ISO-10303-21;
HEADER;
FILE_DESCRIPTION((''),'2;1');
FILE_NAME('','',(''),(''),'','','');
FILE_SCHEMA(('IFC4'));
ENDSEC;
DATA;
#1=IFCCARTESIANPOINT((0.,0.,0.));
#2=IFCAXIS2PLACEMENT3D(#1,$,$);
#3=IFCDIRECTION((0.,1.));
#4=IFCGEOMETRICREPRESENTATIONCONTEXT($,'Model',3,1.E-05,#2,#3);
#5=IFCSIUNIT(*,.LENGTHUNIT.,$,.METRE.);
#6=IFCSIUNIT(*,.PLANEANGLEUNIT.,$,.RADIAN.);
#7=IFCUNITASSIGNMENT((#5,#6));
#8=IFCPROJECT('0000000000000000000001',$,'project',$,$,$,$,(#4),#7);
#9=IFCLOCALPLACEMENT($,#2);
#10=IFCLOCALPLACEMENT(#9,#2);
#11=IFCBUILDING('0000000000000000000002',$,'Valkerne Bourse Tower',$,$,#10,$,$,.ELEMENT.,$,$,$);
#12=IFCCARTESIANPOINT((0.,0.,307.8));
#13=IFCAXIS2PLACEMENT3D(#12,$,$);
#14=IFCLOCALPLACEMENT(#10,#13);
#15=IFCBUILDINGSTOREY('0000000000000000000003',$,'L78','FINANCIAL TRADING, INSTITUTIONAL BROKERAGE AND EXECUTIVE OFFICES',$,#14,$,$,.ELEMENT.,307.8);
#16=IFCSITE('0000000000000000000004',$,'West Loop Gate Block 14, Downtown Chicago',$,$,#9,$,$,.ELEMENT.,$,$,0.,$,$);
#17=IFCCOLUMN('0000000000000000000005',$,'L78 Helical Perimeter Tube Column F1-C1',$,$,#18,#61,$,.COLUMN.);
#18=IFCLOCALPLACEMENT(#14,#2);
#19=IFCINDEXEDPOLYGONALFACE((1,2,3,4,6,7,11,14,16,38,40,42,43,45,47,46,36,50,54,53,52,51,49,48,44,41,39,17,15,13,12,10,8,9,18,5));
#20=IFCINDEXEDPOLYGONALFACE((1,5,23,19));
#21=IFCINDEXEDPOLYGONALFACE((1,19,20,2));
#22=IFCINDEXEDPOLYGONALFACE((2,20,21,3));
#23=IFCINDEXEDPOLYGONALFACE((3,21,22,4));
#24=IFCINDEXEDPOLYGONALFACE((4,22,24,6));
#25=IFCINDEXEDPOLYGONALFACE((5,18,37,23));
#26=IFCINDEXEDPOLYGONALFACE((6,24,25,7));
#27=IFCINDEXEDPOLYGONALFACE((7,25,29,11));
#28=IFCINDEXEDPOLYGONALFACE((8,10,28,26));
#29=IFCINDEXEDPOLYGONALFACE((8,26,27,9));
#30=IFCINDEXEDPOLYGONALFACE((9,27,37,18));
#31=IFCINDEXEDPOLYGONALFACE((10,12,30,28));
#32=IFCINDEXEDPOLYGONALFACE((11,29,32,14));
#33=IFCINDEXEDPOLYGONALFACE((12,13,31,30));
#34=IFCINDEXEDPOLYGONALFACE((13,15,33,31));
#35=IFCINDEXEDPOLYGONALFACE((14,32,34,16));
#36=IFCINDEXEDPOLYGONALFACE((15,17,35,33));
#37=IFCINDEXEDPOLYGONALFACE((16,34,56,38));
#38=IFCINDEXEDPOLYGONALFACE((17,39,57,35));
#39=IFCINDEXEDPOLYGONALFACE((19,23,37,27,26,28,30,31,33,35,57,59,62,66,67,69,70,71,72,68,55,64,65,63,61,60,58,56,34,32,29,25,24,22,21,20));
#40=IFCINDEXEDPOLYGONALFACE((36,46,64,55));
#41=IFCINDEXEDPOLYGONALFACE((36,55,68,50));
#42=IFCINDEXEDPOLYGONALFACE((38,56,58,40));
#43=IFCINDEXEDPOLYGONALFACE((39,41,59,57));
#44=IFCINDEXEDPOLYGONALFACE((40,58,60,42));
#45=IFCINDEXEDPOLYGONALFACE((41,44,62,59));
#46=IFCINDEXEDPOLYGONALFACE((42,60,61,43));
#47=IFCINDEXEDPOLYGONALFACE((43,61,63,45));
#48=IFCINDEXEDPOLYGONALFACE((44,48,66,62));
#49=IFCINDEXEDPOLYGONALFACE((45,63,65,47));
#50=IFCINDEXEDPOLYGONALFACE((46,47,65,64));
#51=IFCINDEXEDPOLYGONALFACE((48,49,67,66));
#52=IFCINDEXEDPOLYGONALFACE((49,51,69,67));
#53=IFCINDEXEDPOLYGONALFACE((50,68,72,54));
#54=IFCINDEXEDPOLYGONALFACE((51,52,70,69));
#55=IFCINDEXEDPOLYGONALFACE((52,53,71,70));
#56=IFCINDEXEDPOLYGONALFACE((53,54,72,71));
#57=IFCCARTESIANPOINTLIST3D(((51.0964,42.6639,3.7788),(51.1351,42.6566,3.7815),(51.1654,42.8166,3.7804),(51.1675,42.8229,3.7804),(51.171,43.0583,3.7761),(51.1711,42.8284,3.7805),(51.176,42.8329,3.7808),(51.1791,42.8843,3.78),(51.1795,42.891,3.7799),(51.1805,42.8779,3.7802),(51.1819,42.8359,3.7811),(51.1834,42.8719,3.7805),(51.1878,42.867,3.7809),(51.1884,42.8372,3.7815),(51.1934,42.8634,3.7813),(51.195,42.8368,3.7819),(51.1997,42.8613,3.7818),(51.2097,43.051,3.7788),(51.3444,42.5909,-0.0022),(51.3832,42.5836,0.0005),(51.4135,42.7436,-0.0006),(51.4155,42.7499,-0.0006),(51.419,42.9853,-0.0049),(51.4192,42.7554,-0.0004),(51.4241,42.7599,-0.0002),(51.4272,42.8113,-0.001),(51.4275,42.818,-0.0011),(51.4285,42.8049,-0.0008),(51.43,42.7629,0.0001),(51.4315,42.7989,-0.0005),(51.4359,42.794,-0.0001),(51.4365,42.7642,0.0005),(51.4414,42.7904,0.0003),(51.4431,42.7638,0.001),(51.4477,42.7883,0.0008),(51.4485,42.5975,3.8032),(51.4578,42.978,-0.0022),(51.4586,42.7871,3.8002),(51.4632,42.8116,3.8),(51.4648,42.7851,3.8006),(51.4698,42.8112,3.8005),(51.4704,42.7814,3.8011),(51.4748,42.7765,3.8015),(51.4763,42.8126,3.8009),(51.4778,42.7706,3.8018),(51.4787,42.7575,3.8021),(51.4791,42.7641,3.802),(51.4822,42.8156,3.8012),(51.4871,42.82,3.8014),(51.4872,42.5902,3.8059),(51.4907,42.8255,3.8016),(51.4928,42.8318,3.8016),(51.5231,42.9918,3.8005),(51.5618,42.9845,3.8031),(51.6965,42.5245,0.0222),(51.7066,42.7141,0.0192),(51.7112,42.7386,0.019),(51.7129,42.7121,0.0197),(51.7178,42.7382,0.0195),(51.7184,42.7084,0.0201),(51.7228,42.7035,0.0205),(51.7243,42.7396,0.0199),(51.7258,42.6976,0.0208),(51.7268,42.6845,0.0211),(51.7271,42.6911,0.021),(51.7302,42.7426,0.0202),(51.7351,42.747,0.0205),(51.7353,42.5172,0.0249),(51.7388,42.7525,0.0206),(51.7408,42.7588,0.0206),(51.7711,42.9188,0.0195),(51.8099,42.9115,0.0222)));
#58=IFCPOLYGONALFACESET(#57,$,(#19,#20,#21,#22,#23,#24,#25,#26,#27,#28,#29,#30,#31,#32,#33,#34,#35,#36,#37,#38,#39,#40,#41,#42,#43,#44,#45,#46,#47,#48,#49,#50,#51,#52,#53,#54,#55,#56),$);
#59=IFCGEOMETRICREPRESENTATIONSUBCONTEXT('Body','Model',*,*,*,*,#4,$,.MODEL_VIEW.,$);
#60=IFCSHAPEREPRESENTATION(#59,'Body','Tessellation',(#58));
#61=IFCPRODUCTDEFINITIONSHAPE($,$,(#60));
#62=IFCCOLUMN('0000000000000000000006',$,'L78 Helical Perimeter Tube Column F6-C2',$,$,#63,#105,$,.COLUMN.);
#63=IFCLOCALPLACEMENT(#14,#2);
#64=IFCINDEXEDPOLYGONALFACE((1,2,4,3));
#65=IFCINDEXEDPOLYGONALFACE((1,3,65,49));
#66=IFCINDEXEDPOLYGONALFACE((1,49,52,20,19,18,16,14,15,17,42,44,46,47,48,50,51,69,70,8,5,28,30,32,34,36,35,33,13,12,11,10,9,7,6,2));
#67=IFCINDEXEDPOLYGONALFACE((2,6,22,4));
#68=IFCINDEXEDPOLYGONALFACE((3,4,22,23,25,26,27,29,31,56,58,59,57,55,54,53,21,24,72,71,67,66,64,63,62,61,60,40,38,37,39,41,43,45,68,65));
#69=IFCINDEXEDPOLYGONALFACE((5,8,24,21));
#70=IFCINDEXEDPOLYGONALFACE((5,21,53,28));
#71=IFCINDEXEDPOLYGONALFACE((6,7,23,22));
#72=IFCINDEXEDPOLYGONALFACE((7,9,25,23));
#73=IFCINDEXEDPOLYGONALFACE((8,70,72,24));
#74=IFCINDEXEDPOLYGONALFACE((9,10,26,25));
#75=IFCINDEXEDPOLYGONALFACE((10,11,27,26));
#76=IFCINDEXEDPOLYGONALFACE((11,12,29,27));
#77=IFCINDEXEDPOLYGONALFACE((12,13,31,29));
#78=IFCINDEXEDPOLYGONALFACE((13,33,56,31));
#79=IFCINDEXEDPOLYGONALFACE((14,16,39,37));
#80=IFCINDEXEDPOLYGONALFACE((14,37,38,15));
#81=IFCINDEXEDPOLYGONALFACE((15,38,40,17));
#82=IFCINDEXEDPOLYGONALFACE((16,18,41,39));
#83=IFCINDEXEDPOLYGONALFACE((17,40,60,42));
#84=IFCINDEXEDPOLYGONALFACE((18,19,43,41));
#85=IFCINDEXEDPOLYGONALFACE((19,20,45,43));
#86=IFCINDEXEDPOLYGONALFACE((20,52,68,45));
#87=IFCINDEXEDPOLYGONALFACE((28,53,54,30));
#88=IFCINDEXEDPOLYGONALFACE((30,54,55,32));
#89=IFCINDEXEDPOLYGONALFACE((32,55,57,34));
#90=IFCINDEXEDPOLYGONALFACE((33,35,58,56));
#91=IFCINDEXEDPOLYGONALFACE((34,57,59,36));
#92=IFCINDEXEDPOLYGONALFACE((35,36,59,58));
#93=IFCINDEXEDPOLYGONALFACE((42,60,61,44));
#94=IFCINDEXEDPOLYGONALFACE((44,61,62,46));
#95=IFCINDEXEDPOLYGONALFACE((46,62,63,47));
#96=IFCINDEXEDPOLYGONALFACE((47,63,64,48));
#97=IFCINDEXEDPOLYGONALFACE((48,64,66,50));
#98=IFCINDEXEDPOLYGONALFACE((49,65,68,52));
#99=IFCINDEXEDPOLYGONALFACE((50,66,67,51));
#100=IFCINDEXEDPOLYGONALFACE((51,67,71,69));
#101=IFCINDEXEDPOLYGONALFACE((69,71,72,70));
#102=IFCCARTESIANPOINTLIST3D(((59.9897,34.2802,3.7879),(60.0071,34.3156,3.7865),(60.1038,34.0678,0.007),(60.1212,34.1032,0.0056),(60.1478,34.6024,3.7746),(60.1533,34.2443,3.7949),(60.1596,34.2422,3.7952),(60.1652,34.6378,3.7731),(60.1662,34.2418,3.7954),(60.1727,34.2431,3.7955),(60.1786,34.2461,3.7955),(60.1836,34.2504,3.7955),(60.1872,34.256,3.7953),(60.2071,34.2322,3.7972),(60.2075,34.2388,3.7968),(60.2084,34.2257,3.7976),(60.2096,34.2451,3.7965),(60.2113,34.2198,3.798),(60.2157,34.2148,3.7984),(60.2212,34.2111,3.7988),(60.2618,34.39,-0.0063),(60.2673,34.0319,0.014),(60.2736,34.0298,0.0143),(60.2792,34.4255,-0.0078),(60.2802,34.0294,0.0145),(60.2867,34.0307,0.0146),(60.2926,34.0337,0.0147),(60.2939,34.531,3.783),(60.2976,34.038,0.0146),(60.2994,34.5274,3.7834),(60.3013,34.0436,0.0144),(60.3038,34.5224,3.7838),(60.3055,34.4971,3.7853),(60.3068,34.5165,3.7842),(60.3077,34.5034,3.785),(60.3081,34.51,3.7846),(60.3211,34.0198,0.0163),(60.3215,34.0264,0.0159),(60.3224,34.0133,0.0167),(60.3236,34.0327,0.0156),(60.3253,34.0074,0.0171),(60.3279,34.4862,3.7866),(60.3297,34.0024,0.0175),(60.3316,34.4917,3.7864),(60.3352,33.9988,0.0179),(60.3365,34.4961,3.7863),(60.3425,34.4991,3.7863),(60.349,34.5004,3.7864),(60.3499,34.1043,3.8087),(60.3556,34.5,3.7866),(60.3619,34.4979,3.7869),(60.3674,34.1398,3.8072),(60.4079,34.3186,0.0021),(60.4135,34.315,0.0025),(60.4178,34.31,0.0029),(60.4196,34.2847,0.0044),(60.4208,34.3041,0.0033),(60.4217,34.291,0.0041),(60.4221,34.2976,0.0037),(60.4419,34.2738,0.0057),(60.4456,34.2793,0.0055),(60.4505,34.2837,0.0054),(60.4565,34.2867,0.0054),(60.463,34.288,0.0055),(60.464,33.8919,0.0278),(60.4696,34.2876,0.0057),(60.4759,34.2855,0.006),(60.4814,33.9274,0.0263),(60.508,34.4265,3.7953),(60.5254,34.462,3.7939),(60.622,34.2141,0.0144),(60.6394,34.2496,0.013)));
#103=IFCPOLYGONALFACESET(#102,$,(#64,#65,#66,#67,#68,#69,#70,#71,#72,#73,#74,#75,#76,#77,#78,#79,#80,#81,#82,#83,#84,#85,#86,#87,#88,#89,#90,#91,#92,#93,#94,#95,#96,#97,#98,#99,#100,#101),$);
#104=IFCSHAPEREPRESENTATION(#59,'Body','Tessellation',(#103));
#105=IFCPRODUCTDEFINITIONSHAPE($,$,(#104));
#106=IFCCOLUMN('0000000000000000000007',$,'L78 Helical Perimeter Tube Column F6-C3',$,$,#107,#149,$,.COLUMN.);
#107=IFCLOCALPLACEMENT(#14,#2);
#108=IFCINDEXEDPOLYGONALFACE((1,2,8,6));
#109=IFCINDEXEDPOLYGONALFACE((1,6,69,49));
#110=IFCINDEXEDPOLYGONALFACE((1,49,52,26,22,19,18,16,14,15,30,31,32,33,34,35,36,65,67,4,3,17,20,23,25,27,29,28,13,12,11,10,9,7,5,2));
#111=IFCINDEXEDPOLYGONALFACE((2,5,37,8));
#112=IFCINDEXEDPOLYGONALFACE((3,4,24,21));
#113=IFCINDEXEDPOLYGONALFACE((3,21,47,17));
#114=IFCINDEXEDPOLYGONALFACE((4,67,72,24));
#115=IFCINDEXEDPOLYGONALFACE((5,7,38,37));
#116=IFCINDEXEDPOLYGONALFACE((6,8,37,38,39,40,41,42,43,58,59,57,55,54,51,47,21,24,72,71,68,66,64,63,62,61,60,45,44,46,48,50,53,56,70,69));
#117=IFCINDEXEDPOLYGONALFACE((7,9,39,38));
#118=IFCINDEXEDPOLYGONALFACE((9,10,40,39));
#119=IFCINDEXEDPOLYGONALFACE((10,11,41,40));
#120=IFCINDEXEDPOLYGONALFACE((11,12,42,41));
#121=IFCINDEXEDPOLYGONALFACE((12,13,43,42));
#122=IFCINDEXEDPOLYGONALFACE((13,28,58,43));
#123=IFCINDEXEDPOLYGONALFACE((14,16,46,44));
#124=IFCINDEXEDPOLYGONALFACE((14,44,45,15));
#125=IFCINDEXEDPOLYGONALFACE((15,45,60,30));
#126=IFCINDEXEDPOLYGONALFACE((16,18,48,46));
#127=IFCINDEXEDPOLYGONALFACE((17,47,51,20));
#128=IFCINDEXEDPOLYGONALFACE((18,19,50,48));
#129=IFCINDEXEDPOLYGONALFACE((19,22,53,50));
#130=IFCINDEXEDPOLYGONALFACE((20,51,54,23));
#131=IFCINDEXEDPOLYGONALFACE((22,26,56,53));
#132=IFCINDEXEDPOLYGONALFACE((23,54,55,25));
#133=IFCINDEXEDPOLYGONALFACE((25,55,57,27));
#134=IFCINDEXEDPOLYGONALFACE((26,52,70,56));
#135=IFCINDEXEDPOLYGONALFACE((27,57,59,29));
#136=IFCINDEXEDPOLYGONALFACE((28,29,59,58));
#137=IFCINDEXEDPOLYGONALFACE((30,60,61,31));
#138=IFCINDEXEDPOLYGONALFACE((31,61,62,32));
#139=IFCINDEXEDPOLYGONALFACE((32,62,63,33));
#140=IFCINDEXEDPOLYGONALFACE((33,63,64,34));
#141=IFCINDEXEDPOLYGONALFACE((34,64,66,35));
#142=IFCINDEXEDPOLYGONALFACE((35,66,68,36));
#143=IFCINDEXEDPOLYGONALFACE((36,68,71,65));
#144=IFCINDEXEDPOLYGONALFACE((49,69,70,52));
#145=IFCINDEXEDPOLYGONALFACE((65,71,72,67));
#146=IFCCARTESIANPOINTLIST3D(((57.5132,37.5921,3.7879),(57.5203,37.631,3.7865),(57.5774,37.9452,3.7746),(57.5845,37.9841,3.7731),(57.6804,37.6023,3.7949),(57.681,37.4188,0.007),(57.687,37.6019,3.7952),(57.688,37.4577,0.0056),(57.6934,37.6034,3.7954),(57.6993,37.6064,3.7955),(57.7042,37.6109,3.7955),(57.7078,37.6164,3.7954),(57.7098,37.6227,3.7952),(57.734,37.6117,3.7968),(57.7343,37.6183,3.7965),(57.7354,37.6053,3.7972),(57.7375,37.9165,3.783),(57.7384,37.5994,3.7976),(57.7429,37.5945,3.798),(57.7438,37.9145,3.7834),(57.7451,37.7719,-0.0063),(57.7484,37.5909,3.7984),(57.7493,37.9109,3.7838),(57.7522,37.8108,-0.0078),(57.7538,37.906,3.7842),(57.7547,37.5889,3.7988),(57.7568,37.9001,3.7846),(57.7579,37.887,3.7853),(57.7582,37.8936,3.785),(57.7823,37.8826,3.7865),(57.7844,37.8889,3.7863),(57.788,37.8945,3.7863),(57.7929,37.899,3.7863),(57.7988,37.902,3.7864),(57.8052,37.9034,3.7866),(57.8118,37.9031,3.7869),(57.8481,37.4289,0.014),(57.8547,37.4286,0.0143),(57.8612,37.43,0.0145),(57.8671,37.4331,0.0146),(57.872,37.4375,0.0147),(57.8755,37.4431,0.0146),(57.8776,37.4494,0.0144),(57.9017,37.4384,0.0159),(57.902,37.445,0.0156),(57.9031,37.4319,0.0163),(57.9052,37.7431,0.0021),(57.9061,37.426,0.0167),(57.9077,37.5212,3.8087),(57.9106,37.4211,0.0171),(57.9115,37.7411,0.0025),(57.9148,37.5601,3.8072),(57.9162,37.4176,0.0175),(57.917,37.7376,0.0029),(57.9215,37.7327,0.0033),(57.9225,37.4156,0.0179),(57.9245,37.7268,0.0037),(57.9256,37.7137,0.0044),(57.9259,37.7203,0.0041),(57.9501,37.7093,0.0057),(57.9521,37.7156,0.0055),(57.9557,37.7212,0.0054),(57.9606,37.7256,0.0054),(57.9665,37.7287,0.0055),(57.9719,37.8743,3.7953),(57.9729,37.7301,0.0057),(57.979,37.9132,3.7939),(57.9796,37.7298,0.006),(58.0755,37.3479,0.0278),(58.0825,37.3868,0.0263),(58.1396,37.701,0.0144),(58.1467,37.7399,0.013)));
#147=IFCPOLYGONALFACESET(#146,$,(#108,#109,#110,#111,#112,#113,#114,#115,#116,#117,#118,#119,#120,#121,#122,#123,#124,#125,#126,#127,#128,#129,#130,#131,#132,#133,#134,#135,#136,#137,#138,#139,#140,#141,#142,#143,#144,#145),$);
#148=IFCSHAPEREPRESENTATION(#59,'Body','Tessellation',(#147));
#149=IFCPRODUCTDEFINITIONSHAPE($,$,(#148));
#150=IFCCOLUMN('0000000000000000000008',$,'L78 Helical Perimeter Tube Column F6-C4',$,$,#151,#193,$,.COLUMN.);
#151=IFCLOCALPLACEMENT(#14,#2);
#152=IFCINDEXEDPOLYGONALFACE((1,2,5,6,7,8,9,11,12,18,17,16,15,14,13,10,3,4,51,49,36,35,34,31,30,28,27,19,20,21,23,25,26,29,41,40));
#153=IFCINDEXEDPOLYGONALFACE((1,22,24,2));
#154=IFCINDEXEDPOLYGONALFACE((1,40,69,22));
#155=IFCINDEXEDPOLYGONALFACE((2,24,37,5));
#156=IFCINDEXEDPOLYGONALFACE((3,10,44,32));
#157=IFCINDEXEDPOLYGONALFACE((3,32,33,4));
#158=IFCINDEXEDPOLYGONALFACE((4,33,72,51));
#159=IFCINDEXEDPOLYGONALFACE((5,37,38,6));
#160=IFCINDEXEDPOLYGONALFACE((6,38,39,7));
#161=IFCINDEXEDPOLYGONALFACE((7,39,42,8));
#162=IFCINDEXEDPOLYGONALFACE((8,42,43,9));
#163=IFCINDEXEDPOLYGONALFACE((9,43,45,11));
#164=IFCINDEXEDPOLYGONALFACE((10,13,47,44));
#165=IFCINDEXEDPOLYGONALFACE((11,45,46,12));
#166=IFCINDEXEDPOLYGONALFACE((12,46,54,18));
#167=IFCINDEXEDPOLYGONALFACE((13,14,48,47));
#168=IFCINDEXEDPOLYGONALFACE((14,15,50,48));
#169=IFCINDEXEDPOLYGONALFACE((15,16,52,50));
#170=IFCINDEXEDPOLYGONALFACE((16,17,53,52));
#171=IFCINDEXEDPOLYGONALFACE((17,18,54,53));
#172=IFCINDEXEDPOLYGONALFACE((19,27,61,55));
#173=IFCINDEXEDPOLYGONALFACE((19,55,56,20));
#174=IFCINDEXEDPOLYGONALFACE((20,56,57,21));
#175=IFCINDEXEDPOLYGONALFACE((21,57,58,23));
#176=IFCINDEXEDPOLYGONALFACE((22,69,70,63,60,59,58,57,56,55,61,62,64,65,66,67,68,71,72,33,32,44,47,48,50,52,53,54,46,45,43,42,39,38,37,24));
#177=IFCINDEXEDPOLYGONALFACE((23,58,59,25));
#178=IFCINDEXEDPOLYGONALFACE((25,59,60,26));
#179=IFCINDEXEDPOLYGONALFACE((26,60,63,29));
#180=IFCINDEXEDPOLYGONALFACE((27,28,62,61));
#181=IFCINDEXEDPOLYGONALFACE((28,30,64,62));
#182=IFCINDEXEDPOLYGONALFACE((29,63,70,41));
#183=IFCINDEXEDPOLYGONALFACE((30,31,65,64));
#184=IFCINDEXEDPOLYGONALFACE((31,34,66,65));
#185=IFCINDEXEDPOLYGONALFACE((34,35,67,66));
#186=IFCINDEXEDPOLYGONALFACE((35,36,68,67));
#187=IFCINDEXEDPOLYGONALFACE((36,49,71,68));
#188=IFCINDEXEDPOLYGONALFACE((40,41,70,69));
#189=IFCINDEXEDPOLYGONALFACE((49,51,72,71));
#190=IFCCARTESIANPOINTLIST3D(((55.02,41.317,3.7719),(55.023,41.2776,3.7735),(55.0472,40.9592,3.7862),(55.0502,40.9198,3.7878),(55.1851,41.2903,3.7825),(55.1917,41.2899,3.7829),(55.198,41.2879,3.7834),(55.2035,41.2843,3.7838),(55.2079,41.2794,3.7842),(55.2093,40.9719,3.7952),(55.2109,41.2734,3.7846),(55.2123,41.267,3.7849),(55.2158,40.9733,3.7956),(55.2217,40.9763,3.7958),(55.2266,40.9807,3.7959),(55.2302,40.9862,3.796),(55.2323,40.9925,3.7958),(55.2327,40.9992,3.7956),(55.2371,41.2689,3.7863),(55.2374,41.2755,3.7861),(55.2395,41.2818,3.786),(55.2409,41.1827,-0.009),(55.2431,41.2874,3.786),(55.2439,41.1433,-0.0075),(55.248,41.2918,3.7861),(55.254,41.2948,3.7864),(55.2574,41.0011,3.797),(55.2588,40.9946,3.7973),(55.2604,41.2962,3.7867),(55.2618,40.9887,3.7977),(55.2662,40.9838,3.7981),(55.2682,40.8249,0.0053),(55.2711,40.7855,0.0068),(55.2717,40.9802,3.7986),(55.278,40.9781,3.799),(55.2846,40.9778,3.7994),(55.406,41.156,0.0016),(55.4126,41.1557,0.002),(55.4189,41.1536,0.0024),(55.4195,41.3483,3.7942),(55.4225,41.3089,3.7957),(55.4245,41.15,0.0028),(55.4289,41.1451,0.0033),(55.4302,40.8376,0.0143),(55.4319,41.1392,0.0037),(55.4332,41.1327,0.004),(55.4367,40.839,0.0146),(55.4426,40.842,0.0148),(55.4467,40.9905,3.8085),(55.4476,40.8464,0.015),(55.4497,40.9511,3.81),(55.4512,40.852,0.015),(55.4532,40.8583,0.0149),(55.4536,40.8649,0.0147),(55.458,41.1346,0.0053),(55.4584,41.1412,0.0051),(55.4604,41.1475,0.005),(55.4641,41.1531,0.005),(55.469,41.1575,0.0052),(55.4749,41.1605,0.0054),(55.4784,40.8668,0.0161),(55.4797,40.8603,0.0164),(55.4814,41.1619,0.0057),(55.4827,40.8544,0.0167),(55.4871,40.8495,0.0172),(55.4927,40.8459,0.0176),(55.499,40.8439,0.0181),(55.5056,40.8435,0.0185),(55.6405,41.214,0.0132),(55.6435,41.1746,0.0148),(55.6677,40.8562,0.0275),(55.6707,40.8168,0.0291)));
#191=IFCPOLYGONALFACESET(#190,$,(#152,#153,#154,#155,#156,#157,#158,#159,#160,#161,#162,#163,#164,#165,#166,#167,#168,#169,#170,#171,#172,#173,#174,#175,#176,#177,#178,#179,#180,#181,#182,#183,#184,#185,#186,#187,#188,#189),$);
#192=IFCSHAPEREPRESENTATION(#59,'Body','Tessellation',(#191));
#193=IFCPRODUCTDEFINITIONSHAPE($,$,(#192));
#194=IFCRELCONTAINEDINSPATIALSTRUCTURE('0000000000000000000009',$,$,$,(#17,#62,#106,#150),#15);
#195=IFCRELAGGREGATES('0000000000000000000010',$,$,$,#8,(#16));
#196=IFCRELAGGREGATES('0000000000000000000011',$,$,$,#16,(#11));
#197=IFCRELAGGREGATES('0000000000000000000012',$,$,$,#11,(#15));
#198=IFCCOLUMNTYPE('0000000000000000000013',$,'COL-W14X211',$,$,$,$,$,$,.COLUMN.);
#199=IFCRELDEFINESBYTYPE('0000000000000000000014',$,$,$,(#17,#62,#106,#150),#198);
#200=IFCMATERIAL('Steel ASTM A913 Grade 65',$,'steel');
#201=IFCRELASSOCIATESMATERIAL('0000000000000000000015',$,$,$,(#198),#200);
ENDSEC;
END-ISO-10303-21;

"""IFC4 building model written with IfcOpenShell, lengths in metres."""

from ifc_helpers import new_model, si_unit, direction, frame, origin, origin_2d, place, context, subcontext, project, spatial, i_section, extrude, material, material_profile, profile_set, type_object, element, save


model = new_model("IFC4")

# Units and contexts
model_context = context("Model", 3, precision=1e-05, world=origin(), true_north=direction((0.0, 1.0)))
body_context = subcontext(model_context, "Body", "Model", "MODEL_VIEW")
ifc_project = project(units=[si_unit("LENGTHUNIT", "METRE"), si_unit("PLANEANGLEUNIT", "RADIAN")], contexts=[model_context])

# Site, building, storey
site_placement = place(None, origin())
site = spatial("IfcSite", under=ifc_project, at=site_placement, Name="West Loop Gate Block 14, Downtown Chicago", CompositionType="ELEMENT", RefElevation=0.0)
building_placement = place(site_placement, origin())
building = spatial("IfcBuilding", under=site, at=building_placement, Name="Valkerne Bourse Tower", CompositionType="ELEMENT")
storey_placement = place(building_placement, frame((0.0, 0.0, 307.8)))
storey = spatial("IfcBuildingStorey", under=building, at=storey_placement, Name="L78", Description="FINANCIAL TRADING, INSTITUTIONAL BROKERAGE AND EXECUTIVE OFFICES", CompositionType="ELEMENT", Elevation=307.8)

# Columns
ifc_material_1 = material(Name="Steel ASTM A913 Grade 65", Category="steel")
ifc_material_profile_1 = material_profile(ifc_material_1, i_section(OverallWidth=0.4014, OverallDepth=0.3987, WebThickness=0.0249, FlangeThickness=0.0396, FilletRadius=0.0254, at=origin_2d()), Name="W14X211")
ifc_profile_set_1 = profile_set([ifc_material_profile_1], Name="Steel ASTM A913 Grade 65")
column_type = type_object("IfcColumnType", Name="COL-W14X211", PredefinedType="COLUMN", material=ifc_profile_set_1)
column_1_placement = place(storey_placement, frame((51.5771, 42.7512, 0.01), z_axis=(-0.065451, 0.019262, 0.99767), x_axis=(0.185866, 0.982552, -0.006776)))
element("IfcColumn", 1, at=column_1_placement, inside=storey, type_object=column_type, Name="L78 Helical Perimeter Tube Column F1-C1", PredefinedType="COLUMN", context=body_context, shape_type="SweptSolid", body=[
    extrude(i_section(OverallWidth=0.4014, OverallDepth=0.3987, WebThickness=0.0249, FlangeThickness=0.0396, FilletRadius=0.0254, at=origin_2d()), origin(), (0.0, 0.0, 1.0), 3.7898),
])
for number, where, z_axis, x_axis, name in (
    (2, (60.3716, 34.1587, 0.01), (-0.030093, 0.056062, 0.997974), (0.89745, -0.43808, 0.051672), "L78 Helical Perimeter Tube Column F6-C2"),
    (3, (57.9138, 37.5793, 0.01), (-0.04427, 0.045752, 0.997971), (0.982916, -0.176643, 0.0517), "L78 Helical Perimeter Tube Column F6-C3"),
):
    element("IfcColumn", number, at=place(storey_placement, frame(where, z_axis=z_axis, x_axis=x_axis)), inside=storey, type_object=column_type, Name=name, PredefinedType="COLUMN", context=body_context, shape_type="SweptSolid", body=[
        extrude(i_section(OverallWidth=0.4014, OverallDepth=0.3987, WebThickness=0.0249, FlangeThickness=0.0396, FilletRadius=0.0254, at=origin_2d()), origin(), (0.0, 0.0, 1.0), 3.7886),
    ])
column_2_placement = place(storey_placement, frame((55.4558, 40.9998, 0.01), z_axis=(-0.0583, 0.035431, 0.99767), x_axis=(0.99542, 0.077902, 0.055402)))
element("IfcColumn", 4, at=column_2_placement, inside=storey, type_object=column_type, Name="L78 Helical Perimeter Tube Column F6-C4", PredefinedType="COLUMN", context=body_context, shape_type="SweptSolid", body=[
    extrude(i_section(OverallWidth=0.4014, OverallDepth=0.3987, WebThickness=0.0249, FlangeThickness=0.0396, FilletRadius=0.0254, at=origin_2d()), origin(), (0.0, 0.0, 1.0), 3.7898),
])

save(model, "model.ifc")
